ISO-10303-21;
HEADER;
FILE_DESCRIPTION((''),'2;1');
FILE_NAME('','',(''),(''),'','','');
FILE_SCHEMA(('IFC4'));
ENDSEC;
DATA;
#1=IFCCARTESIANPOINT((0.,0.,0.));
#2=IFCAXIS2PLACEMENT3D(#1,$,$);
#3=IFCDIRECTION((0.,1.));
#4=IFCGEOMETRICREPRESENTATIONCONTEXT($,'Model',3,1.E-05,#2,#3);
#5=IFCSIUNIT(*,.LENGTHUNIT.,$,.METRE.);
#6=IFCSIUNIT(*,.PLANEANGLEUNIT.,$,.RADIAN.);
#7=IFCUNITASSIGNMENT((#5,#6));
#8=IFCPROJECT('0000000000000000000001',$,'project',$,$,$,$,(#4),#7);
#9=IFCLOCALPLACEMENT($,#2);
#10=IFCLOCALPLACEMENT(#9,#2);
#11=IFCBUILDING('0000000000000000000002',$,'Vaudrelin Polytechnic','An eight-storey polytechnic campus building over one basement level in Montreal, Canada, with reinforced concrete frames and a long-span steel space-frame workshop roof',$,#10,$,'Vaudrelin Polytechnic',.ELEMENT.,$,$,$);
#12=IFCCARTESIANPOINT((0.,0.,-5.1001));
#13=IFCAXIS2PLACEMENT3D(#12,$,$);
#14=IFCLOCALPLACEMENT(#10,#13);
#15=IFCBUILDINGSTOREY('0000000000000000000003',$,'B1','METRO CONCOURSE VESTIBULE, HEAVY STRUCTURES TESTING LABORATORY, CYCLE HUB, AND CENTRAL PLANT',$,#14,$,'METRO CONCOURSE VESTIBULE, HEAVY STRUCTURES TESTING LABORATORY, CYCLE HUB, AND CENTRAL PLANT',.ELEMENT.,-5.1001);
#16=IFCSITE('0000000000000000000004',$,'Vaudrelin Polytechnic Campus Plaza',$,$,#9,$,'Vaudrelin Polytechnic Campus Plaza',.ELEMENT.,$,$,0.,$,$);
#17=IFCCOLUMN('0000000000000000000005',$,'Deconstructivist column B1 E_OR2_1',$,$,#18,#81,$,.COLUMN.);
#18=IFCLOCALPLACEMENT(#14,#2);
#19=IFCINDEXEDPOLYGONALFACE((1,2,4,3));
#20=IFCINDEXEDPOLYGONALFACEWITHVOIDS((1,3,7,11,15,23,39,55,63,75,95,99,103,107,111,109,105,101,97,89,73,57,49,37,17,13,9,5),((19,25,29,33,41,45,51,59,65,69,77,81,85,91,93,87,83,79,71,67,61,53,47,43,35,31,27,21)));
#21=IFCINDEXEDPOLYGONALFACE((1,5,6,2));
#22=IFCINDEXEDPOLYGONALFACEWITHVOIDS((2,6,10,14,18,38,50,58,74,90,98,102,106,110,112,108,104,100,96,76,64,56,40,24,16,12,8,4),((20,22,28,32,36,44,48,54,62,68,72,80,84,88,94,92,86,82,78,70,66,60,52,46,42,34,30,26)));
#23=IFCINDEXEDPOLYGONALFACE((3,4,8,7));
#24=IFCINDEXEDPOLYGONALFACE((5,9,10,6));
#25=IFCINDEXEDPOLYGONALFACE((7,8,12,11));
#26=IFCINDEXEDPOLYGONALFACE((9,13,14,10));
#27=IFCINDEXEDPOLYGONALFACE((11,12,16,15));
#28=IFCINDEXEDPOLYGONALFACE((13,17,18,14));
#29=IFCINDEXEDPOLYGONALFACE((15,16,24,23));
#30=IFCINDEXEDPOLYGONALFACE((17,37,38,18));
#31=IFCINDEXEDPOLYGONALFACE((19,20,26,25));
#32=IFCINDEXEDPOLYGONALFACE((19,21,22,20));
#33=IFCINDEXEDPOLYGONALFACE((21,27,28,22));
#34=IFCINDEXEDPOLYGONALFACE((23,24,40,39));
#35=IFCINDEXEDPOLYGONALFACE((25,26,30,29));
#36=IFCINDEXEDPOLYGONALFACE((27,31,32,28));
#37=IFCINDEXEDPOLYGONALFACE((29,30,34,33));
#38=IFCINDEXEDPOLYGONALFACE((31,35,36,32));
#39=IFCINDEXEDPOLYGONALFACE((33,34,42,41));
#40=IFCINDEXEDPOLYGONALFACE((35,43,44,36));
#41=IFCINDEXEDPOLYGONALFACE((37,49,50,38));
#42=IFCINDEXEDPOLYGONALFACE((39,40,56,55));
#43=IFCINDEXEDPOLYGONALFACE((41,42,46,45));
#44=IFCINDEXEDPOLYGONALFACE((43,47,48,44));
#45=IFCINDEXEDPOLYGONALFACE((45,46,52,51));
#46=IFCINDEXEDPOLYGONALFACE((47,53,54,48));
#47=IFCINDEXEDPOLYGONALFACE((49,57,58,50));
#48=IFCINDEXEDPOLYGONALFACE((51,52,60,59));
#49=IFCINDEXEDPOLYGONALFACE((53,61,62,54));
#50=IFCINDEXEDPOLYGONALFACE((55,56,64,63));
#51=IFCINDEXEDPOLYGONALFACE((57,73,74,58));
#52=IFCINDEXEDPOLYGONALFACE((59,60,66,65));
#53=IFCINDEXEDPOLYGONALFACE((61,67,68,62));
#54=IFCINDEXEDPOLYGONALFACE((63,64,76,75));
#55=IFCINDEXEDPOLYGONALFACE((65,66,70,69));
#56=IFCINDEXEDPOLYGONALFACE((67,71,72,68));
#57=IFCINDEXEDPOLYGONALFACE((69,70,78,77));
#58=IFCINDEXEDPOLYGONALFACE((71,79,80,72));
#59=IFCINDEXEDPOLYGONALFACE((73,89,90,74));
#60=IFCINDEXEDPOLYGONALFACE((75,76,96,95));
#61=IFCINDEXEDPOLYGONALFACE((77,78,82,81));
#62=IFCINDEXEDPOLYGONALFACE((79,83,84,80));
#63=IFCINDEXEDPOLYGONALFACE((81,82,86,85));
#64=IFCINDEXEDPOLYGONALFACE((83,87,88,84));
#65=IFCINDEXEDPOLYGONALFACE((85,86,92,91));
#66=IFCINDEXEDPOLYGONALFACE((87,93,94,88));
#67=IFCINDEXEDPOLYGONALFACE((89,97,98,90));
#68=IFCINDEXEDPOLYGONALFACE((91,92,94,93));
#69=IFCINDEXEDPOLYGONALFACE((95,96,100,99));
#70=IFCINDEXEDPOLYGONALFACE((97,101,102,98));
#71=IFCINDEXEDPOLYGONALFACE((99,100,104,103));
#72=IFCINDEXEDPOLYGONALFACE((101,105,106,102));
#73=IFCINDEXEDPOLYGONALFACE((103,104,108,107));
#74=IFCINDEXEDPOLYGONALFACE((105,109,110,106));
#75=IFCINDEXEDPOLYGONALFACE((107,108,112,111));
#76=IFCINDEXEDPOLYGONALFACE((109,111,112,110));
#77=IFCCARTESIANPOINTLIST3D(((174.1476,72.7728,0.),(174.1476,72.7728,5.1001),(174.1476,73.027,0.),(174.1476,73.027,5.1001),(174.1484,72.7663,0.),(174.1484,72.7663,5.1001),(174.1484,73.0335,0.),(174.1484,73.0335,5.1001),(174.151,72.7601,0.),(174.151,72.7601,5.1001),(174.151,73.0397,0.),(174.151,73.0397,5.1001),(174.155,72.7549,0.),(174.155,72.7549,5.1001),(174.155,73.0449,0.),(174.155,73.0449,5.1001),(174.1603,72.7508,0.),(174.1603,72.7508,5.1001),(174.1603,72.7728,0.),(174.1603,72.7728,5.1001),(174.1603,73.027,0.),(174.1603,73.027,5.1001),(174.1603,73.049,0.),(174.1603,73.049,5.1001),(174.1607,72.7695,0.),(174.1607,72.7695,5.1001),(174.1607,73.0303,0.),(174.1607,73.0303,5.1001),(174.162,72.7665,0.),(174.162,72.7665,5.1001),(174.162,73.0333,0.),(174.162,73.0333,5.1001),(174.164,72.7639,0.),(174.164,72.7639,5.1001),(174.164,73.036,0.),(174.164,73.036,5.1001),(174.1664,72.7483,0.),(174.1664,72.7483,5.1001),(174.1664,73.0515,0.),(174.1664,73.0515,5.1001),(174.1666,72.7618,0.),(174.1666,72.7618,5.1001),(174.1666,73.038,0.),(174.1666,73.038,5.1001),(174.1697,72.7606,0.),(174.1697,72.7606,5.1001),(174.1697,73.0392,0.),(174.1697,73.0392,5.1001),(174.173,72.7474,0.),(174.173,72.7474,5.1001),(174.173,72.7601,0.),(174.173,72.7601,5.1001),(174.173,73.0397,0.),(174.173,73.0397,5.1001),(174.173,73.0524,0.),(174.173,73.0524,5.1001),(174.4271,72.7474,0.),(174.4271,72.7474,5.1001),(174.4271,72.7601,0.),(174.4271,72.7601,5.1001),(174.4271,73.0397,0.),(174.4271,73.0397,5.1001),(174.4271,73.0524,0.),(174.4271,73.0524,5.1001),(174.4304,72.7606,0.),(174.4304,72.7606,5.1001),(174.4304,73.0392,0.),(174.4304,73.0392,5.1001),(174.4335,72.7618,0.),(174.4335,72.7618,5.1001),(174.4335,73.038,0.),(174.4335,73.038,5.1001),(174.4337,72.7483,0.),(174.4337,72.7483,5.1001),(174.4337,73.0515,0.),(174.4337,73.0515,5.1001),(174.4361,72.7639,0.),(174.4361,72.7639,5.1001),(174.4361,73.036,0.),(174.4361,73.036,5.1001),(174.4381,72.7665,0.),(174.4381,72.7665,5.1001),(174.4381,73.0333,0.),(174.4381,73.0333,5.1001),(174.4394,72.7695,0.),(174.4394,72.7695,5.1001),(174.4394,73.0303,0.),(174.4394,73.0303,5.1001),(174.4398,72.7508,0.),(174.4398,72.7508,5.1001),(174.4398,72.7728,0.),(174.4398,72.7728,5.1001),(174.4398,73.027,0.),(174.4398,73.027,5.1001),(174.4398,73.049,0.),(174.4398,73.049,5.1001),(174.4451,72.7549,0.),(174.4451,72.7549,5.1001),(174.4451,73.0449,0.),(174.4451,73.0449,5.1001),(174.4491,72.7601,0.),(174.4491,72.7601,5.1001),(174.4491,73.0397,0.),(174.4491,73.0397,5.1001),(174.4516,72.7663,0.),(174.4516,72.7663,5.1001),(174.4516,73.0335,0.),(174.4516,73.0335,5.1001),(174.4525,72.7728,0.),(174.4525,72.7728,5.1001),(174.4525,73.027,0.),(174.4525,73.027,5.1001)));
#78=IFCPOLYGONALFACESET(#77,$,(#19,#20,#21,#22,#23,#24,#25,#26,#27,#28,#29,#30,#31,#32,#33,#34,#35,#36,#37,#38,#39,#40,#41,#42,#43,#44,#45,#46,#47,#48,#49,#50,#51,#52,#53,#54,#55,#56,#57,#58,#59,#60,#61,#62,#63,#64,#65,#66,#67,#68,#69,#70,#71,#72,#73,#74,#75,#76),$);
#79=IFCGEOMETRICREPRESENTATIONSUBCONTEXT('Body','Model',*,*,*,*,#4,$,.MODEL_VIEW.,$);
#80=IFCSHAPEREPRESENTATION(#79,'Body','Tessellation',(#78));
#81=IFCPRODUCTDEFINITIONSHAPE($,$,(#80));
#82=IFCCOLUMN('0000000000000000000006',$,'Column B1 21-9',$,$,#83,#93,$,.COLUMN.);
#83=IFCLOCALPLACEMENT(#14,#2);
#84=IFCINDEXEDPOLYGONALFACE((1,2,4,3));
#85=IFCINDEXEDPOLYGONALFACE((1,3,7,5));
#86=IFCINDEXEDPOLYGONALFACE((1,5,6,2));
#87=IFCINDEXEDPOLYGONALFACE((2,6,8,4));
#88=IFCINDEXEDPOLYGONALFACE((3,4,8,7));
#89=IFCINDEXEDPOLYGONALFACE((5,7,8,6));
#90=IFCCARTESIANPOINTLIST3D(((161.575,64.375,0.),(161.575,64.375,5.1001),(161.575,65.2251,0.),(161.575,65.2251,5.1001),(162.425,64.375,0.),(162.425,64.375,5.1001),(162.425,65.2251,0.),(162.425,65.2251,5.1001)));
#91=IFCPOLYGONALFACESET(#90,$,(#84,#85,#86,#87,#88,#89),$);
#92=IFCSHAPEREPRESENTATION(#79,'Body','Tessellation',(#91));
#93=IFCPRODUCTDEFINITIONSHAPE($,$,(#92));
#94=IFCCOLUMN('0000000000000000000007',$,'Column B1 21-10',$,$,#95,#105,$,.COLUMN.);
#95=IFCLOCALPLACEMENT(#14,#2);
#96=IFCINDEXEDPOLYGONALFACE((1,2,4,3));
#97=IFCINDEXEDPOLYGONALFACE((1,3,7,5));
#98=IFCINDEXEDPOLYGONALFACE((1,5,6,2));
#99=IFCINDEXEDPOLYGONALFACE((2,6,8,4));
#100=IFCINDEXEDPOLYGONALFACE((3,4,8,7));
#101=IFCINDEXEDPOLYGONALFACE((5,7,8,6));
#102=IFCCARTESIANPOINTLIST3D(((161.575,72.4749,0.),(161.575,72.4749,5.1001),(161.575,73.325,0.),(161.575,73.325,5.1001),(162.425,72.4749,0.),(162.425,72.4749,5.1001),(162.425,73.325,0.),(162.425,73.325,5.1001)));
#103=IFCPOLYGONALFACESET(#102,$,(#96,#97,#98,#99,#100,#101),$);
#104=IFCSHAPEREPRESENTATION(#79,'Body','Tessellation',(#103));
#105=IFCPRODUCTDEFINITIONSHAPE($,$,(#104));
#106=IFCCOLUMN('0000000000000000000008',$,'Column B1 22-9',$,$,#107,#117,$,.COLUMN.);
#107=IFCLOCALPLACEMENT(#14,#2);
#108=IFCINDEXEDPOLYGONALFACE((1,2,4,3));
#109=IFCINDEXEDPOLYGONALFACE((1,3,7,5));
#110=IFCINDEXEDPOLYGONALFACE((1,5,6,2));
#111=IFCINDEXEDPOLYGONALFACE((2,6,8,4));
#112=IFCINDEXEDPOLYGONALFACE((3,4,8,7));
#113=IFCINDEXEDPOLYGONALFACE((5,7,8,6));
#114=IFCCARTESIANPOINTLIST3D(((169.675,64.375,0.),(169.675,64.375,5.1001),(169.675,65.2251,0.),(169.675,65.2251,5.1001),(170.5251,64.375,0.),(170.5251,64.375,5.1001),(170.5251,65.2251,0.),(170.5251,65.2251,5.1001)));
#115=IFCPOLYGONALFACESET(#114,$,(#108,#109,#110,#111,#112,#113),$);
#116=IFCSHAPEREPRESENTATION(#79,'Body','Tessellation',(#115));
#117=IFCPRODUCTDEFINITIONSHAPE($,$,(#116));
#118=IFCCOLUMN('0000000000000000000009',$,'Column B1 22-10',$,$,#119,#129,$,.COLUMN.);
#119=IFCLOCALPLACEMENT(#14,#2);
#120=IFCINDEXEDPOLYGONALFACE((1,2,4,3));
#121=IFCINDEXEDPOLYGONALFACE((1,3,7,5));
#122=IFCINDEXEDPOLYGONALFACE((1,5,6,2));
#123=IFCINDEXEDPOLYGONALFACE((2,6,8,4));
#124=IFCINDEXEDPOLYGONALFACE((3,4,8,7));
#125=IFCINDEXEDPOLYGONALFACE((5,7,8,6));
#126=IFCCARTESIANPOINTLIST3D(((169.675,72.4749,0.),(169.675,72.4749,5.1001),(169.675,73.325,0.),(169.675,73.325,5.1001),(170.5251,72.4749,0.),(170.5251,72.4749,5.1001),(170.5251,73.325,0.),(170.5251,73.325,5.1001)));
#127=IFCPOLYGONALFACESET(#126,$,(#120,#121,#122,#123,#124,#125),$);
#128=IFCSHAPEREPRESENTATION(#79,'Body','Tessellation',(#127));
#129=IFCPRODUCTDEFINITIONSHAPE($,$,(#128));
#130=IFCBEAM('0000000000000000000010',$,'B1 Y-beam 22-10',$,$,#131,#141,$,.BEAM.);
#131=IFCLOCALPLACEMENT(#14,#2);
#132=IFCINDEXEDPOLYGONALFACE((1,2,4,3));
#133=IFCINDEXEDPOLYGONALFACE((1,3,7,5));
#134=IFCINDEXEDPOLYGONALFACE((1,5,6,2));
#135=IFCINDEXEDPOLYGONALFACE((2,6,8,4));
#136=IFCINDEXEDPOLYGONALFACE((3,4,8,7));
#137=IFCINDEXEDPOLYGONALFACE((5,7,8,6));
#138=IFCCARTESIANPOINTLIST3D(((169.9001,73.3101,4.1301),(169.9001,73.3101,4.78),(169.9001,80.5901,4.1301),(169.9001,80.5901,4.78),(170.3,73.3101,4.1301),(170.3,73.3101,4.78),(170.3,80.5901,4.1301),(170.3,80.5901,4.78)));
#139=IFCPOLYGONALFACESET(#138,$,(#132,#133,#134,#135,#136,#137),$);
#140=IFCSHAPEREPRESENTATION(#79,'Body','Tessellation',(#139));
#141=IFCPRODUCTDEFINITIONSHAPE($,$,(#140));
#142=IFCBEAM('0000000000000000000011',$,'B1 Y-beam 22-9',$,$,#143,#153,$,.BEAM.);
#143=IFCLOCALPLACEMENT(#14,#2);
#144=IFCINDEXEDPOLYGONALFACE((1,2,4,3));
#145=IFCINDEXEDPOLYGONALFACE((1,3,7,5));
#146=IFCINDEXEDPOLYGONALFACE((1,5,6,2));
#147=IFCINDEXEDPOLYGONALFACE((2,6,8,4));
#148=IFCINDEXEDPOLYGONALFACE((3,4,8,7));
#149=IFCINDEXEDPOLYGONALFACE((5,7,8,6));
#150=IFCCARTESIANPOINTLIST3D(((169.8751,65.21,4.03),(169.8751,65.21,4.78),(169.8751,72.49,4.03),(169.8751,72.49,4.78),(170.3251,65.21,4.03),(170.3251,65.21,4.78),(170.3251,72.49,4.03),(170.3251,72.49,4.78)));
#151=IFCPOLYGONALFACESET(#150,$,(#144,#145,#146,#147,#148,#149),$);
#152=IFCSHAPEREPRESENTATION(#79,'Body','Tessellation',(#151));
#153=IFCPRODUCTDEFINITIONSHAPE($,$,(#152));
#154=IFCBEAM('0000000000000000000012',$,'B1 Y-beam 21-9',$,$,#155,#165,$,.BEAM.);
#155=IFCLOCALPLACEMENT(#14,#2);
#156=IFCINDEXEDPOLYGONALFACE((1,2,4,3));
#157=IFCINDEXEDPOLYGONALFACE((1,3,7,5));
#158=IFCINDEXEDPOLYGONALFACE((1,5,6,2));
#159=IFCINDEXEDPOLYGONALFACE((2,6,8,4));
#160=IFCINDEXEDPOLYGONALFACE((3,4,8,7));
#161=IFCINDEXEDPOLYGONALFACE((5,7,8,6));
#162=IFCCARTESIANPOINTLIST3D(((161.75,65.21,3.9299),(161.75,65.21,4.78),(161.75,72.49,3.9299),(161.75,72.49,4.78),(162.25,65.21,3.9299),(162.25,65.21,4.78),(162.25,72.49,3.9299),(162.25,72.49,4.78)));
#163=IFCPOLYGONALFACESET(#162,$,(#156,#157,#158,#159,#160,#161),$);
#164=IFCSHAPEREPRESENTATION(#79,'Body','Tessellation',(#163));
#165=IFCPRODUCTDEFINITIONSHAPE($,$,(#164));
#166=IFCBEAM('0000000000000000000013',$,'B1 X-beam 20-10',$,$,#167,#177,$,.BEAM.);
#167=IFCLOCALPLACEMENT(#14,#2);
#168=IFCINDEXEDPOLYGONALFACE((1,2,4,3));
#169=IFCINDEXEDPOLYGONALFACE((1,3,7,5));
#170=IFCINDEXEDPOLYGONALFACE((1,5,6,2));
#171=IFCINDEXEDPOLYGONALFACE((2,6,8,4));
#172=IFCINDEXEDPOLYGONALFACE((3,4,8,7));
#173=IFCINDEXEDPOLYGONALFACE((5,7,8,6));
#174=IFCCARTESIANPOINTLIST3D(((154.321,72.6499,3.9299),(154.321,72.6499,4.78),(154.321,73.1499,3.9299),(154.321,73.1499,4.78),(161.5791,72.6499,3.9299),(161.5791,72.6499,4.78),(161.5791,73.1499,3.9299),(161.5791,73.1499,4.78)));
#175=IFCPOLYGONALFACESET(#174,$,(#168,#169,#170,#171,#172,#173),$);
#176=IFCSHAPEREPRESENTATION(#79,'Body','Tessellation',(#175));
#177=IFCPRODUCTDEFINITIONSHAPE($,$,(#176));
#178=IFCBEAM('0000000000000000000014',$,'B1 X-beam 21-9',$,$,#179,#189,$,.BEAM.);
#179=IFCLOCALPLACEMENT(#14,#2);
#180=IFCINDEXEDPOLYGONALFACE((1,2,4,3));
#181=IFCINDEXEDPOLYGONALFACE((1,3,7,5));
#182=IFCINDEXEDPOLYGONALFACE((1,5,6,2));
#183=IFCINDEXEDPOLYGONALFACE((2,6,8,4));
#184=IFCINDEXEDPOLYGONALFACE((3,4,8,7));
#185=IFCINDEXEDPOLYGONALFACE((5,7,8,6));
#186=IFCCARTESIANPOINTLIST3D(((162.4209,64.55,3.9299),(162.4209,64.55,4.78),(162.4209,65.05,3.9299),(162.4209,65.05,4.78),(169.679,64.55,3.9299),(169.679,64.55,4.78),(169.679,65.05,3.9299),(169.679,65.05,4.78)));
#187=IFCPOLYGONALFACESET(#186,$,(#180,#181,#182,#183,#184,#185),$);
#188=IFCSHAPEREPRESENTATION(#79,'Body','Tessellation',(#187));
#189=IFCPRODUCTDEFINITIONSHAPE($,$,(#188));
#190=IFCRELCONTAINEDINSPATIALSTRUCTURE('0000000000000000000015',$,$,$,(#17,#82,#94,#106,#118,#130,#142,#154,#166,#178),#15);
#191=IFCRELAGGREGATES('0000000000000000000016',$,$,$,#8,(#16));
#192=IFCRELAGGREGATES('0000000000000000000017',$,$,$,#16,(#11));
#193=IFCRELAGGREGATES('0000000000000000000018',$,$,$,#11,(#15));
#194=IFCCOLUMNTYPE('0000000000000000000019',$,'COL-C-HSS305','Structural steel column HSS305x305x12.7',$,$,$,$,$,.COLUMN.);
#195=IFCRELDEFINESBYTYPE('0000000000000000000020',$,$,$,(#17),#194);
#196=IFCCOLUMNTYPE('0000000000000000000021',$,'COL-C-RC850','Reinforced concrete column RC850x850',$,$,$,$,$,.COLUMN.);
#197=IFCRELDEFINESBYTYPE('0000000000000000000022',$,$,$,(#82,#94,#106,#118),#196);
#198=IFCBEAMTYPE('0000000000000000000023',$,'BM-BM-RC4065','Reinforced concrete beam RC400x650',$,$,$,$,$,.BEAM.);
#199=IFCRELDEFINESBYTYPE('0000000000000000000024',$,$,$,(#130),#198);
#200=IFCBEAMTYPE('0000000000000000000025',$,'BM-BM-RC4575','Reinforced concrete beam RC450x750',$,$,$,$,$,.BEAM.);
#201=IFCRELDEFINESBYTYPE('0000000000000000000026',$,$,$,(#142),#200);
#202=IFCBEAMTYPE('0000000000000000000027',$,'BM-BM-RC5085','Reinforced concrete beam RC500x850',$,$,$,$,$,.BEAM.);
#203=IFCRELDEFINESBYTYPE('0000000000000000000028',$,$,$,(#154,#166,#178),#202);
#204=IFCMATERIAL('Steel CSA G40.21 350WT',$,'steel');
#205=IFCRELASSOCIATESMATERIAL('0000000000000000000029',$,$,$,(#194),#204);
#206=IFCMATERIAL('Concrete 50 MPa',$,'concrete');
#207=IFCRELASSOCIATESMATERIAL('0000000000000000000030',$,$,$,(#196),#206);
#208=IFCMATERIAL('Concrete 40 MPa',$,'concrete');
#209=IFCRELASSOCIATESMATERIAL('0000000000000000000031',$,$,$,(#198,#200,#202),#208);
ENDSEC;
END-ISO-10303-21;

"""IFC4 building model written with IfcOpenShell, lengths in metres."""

from ifc_helpers import new_model, si_unit, direction, frame, origin, origin_2d, place, context, subcontext, project, spatial, rectangle, hollow_rectangle, extrude, material, material_profile, profile_set, type_object, element, save


model = new_model("IFC4")

# Units and contexts
model_context = context("Model", 3, precision=1e-05, world=origin(), true_north=direction((0.0, 1.0)))
body_context = subcontext(model_context, "Body", "Model", "MODEL_VIEW")
ifc_project = project(units=[si_unit("LENGTHUNIT", "METRE"), si_unit("PLANEANGLEUNIT", "RADIAN")], contexts=[model_context])

# Site, building, storey
site_placement = place(None, origin())
site = spatial("IfcSite", under=ifc_project, at=site_placement, Name="Vaudrelin Polytechnic Campus Plaza", LongName="Vaudrelin Polytechnic Campus Plaza", CompositionType="ELEMENT", RefElevation=0.0)
building_placement = place(site_placement, origin())
building = spatial("IfcBuilding", under=site, at=building_placement, Name="Vaudrelin Polytechnic", Description="An eight-storey polytechnic campus building over one basement level in Montreal, Canada, with reinforced concrete frames and a long-span steel space-frame workshop roof", LongName="Vaudrelin Polytechnic", CompositionType="ELEMENT")
storey_placement = place(building_placement, frame((0.0, 0.0, -5.1001)))
storey = spatial("IfcBuildingStorey", under=building, at=storey_placement, Name="B1", Description="METRO CONCOURSE VESTIBULE, HEAVY STRUCTURES TESTING LABORATORY, CYCLE HUB, AND CENTRAL PLANT", LongName="METRO CONCOURSE VESTIBULE, HEAVY STRUCTURES TESTING LABORATORY, CYCLE HUB, AND CENTRAL PLANT", CompositionType="ELEMENT", Elevation=-5.1001)

# Shared definitions
ifc_material_1 = material(Name="Concrete 40 MPa", Category="concrete")

# Columns
ifc_material_2 = material(Name="Steel CSA G40.21 350WT", Category="steel")
ifc_material_profile_1 = material_profile(ifc_material_2, hollow_rectangle(XDim=0.3049, YDim=0.3049, WallThickness=0.0127, InnerFilletRadius=0.0127, OuterFilletRadius=0.0254, at=origin_2d()), Name="HSS305x305x12.7")
ifc_profile_set_1 = profile_set([ifc_material_profile_1], Name="Steel CSA G40.21 350WT")
column_type_1 = type_object("IfcColumnType", Name="COL-C-HSS305", Description="Structural steel column HSS305x305x12.7", PredefinedType="COLUMN", material=ifc_profile_set_1)
column_placement = place(storey_placement, frame((174.3, 72.8999, 0.0), z_axis=(0.0, 0.0, 1.0), x_axis=(1.0, 0.0, 0.0)))
element("IfcColumn", 1, at=column_placement, inside=storey, type_object=column_type_1, Name="Deconstructivist column B1 E_OR2_1", PredefinedType="COLUMN", context=body_context, shape_type="SweptSolid", body=[
    extrude(hollow_rectangle(XDim=0.3049, YDim=0.3049, WallThickness=0.0127, InnerFilletRadius=0.0127, OuterFilletRadius=0.0254, at=origin_2d()), origin(), (0.0, 0.0, 1.0), 5.1001),
])
ifc_material_3 = material(Name="Concrete 50 MPa", Category="concrete")
ifc_material_profile_2 = material_profile(ifc_material_3, rectangle(XDim=0.8501, YDim=0.8501, at=origin_2d()), Name="RC850x850")
ifc_profile_set_2 = profile_set([ifc_material_profile_2], Name="Concrete 50 MPa")
column_type_2 = type_object("IfcColumnType", Name="COL-C-RC850", Description="Reinforced concrete column RC850x850", PredefinedType="COLUMN", material=ifc_profile_set_2)
for number, where, z_axis, x_axis, name in (
    (2, (162.0, 64.8, 0.0), (0.0, 0.0, 1.0), (1.0, 0.0, 0.0), "Column B1 21-9"),
    (3, (162.0, 72.8999, 0.0), (0.0, 0.0, 1.0), (1.0, 0.0, 0.0), "Column B1 21-10"),
    (4, (170.1001, 64.8, 0.0), (0.0, 0.0, 1.0), (1.0, 0.0, 0.0), "Column B1 22-9"),
    (5, (170.1001, 72.8999, 0.0), (0.0, 0.0, 1.0), (1.0, 0.0, 0.0), "Column B1 22-10"),
):
    element("IfcColumn", number, at=place(storey_placement, frame(where, z_axis=z_axis, x_axis=x_axis)), inside=storey, type_object=column_type_2, Name=name, PredefinedType="COLUMN", context=body_context, shape_type="SweptSolid", body=[
        extrude(rectangle(XDim=0.8501, YDim=0.8501, at=origin_2d()), origin(), (0.0, 0.0, 1.0), 5.1001),
    ])

# Beams
ifc_material_profile_3 = material_profile(ifc_material_1, rectangle(XDim=0.3999, YDim=0.6499, at=origin_2d()), Name="RC400x650")
ifc_profile_set_3 = profile_set([ifc_material_profile_3], Name="Concrete 40 MPa")
beam_type_1 = type_object("IfcBeamType", Name="BM-BM-RC4065", Description="Reinforced concrete beam RC400x650", PredefinedType="BEAM", material=ifc_profile_set_3)
beam_1_placement = place(storey_placement, frame((170.1001, 73.3101, 4.4551), z_axis=(0.0, 1.0, 0.0), x_axis=(-1.0, 0.0, 0.0)))
element("IfcBeam", 6, at=beam_1_placement, inside=storey, type_object=beam_type_1, Name="B1 Y-beam 22-10", PredefinedType="BEAM", context=body_context, shape_type="SweptSolid", body=[
    extrude(rectangle(XDim=0.3999, YDim=0.6499, at=origin_2d()), origin(), (0.0, 0.0, 1.0), 7.28),
])
ifc_material_profile_4 = material_profile(ifc_material_1, rectangle(XDim=0.45, YDim=0.75, at=origin_2d()), Name="RC450x750")
ifc_profile_set_4 = profile_set([ifc_material_profile_4], Name="Concrete 40 MPa")
beam_type_2 = type_object("IfcBeamType", Name="BM-BM-RC4575", Description="Reinforced concrete beam RC450x750", PredefinedType="BEAM", material=ifc_profile_set_4)
beam_2_placement = place(storey_placement, frame((170.1001, 65.21, 4.405), z_axis=(0.0, 1.0, 0.0), x_axis=(-1.0, 0.0, 0.0)))
element("IfcBeam", 7, at=beam_2_placement, inside=storey, type_object=beam_type_2, Name="B1 Y-beam 22-9", PredefinedType="BEAM", context=body_context, shape_type="SweptSolid", body=[
    extrude(rectangle(XDim=0.45, YDim=0.75, at=origin_2d()), origin(), (0.0, 0.0, 1.0), 7.28),
])
ifc_material_profile_5 = material_profile(ifc_material_1, rectangle(XDim=0.5, YDim=0.8501, at=origin_2d()), Name="RC500x850")
ifc_profile_set_5 = profile_set([ifc_material_profile_5], Name="Concrete 40 MPa")
beam_type_3 = type_object("IfcBeamType", Name="BM-BM-RC5085", Description="Reinforced concrete beam RC500x850", PredefinedType="BEAM", material=ifc_profile_set_5)
beam_3_placement = place(storey_placement, frame((162.0, 65.21, 4.355), z_axis=(0.0, 1.0, 0.0), x_axis=(-1.0, 0.0, 0.0)))
element("IfcBeam", 8, at=beam_3_placement, inside=storey, type_object=beam_type_3, Name="B1 Y-beam 21-9", PredefinedType="BEAM", context=body_context, shape_type="SweptSolid", body=[
    extrude(rectangle(XDim=0.5, YDim=0.8501, at=origin_2d()), origin(), (0.0, 0.0, 1.0), 7.28),
])
for number, where, z_axis, x_axis, name in (
    (9, (154.321, 72.8999, 4.355), (1.0, 0.0, 0.0), (0.0, 1.0, 0.0), "B1 X-beam 20-10"),
    (10, (162.4209, 64.8, 4.355), (1.0, 0.0, 0.0), (0.0, 1.0, 0.0), "B1 X-beam 21-9"),
):
    element("IfcBeam", number, at=place(storey_placement, frame(where, z_axis=z_axis, x_axis=x_axis)), inside=storey, type_object=beam_type_3, Name=name, PredefinedType="BEAM", context=body_context, shape_type="SweptSolid", body=[
        extrude(rectangle(XDim=0.5, YDim=0.8501, at=origin_2d()), origin(), (0.0, 0.0, 1.0), 7.2581),
    ])

save(model, "model.ifc")
